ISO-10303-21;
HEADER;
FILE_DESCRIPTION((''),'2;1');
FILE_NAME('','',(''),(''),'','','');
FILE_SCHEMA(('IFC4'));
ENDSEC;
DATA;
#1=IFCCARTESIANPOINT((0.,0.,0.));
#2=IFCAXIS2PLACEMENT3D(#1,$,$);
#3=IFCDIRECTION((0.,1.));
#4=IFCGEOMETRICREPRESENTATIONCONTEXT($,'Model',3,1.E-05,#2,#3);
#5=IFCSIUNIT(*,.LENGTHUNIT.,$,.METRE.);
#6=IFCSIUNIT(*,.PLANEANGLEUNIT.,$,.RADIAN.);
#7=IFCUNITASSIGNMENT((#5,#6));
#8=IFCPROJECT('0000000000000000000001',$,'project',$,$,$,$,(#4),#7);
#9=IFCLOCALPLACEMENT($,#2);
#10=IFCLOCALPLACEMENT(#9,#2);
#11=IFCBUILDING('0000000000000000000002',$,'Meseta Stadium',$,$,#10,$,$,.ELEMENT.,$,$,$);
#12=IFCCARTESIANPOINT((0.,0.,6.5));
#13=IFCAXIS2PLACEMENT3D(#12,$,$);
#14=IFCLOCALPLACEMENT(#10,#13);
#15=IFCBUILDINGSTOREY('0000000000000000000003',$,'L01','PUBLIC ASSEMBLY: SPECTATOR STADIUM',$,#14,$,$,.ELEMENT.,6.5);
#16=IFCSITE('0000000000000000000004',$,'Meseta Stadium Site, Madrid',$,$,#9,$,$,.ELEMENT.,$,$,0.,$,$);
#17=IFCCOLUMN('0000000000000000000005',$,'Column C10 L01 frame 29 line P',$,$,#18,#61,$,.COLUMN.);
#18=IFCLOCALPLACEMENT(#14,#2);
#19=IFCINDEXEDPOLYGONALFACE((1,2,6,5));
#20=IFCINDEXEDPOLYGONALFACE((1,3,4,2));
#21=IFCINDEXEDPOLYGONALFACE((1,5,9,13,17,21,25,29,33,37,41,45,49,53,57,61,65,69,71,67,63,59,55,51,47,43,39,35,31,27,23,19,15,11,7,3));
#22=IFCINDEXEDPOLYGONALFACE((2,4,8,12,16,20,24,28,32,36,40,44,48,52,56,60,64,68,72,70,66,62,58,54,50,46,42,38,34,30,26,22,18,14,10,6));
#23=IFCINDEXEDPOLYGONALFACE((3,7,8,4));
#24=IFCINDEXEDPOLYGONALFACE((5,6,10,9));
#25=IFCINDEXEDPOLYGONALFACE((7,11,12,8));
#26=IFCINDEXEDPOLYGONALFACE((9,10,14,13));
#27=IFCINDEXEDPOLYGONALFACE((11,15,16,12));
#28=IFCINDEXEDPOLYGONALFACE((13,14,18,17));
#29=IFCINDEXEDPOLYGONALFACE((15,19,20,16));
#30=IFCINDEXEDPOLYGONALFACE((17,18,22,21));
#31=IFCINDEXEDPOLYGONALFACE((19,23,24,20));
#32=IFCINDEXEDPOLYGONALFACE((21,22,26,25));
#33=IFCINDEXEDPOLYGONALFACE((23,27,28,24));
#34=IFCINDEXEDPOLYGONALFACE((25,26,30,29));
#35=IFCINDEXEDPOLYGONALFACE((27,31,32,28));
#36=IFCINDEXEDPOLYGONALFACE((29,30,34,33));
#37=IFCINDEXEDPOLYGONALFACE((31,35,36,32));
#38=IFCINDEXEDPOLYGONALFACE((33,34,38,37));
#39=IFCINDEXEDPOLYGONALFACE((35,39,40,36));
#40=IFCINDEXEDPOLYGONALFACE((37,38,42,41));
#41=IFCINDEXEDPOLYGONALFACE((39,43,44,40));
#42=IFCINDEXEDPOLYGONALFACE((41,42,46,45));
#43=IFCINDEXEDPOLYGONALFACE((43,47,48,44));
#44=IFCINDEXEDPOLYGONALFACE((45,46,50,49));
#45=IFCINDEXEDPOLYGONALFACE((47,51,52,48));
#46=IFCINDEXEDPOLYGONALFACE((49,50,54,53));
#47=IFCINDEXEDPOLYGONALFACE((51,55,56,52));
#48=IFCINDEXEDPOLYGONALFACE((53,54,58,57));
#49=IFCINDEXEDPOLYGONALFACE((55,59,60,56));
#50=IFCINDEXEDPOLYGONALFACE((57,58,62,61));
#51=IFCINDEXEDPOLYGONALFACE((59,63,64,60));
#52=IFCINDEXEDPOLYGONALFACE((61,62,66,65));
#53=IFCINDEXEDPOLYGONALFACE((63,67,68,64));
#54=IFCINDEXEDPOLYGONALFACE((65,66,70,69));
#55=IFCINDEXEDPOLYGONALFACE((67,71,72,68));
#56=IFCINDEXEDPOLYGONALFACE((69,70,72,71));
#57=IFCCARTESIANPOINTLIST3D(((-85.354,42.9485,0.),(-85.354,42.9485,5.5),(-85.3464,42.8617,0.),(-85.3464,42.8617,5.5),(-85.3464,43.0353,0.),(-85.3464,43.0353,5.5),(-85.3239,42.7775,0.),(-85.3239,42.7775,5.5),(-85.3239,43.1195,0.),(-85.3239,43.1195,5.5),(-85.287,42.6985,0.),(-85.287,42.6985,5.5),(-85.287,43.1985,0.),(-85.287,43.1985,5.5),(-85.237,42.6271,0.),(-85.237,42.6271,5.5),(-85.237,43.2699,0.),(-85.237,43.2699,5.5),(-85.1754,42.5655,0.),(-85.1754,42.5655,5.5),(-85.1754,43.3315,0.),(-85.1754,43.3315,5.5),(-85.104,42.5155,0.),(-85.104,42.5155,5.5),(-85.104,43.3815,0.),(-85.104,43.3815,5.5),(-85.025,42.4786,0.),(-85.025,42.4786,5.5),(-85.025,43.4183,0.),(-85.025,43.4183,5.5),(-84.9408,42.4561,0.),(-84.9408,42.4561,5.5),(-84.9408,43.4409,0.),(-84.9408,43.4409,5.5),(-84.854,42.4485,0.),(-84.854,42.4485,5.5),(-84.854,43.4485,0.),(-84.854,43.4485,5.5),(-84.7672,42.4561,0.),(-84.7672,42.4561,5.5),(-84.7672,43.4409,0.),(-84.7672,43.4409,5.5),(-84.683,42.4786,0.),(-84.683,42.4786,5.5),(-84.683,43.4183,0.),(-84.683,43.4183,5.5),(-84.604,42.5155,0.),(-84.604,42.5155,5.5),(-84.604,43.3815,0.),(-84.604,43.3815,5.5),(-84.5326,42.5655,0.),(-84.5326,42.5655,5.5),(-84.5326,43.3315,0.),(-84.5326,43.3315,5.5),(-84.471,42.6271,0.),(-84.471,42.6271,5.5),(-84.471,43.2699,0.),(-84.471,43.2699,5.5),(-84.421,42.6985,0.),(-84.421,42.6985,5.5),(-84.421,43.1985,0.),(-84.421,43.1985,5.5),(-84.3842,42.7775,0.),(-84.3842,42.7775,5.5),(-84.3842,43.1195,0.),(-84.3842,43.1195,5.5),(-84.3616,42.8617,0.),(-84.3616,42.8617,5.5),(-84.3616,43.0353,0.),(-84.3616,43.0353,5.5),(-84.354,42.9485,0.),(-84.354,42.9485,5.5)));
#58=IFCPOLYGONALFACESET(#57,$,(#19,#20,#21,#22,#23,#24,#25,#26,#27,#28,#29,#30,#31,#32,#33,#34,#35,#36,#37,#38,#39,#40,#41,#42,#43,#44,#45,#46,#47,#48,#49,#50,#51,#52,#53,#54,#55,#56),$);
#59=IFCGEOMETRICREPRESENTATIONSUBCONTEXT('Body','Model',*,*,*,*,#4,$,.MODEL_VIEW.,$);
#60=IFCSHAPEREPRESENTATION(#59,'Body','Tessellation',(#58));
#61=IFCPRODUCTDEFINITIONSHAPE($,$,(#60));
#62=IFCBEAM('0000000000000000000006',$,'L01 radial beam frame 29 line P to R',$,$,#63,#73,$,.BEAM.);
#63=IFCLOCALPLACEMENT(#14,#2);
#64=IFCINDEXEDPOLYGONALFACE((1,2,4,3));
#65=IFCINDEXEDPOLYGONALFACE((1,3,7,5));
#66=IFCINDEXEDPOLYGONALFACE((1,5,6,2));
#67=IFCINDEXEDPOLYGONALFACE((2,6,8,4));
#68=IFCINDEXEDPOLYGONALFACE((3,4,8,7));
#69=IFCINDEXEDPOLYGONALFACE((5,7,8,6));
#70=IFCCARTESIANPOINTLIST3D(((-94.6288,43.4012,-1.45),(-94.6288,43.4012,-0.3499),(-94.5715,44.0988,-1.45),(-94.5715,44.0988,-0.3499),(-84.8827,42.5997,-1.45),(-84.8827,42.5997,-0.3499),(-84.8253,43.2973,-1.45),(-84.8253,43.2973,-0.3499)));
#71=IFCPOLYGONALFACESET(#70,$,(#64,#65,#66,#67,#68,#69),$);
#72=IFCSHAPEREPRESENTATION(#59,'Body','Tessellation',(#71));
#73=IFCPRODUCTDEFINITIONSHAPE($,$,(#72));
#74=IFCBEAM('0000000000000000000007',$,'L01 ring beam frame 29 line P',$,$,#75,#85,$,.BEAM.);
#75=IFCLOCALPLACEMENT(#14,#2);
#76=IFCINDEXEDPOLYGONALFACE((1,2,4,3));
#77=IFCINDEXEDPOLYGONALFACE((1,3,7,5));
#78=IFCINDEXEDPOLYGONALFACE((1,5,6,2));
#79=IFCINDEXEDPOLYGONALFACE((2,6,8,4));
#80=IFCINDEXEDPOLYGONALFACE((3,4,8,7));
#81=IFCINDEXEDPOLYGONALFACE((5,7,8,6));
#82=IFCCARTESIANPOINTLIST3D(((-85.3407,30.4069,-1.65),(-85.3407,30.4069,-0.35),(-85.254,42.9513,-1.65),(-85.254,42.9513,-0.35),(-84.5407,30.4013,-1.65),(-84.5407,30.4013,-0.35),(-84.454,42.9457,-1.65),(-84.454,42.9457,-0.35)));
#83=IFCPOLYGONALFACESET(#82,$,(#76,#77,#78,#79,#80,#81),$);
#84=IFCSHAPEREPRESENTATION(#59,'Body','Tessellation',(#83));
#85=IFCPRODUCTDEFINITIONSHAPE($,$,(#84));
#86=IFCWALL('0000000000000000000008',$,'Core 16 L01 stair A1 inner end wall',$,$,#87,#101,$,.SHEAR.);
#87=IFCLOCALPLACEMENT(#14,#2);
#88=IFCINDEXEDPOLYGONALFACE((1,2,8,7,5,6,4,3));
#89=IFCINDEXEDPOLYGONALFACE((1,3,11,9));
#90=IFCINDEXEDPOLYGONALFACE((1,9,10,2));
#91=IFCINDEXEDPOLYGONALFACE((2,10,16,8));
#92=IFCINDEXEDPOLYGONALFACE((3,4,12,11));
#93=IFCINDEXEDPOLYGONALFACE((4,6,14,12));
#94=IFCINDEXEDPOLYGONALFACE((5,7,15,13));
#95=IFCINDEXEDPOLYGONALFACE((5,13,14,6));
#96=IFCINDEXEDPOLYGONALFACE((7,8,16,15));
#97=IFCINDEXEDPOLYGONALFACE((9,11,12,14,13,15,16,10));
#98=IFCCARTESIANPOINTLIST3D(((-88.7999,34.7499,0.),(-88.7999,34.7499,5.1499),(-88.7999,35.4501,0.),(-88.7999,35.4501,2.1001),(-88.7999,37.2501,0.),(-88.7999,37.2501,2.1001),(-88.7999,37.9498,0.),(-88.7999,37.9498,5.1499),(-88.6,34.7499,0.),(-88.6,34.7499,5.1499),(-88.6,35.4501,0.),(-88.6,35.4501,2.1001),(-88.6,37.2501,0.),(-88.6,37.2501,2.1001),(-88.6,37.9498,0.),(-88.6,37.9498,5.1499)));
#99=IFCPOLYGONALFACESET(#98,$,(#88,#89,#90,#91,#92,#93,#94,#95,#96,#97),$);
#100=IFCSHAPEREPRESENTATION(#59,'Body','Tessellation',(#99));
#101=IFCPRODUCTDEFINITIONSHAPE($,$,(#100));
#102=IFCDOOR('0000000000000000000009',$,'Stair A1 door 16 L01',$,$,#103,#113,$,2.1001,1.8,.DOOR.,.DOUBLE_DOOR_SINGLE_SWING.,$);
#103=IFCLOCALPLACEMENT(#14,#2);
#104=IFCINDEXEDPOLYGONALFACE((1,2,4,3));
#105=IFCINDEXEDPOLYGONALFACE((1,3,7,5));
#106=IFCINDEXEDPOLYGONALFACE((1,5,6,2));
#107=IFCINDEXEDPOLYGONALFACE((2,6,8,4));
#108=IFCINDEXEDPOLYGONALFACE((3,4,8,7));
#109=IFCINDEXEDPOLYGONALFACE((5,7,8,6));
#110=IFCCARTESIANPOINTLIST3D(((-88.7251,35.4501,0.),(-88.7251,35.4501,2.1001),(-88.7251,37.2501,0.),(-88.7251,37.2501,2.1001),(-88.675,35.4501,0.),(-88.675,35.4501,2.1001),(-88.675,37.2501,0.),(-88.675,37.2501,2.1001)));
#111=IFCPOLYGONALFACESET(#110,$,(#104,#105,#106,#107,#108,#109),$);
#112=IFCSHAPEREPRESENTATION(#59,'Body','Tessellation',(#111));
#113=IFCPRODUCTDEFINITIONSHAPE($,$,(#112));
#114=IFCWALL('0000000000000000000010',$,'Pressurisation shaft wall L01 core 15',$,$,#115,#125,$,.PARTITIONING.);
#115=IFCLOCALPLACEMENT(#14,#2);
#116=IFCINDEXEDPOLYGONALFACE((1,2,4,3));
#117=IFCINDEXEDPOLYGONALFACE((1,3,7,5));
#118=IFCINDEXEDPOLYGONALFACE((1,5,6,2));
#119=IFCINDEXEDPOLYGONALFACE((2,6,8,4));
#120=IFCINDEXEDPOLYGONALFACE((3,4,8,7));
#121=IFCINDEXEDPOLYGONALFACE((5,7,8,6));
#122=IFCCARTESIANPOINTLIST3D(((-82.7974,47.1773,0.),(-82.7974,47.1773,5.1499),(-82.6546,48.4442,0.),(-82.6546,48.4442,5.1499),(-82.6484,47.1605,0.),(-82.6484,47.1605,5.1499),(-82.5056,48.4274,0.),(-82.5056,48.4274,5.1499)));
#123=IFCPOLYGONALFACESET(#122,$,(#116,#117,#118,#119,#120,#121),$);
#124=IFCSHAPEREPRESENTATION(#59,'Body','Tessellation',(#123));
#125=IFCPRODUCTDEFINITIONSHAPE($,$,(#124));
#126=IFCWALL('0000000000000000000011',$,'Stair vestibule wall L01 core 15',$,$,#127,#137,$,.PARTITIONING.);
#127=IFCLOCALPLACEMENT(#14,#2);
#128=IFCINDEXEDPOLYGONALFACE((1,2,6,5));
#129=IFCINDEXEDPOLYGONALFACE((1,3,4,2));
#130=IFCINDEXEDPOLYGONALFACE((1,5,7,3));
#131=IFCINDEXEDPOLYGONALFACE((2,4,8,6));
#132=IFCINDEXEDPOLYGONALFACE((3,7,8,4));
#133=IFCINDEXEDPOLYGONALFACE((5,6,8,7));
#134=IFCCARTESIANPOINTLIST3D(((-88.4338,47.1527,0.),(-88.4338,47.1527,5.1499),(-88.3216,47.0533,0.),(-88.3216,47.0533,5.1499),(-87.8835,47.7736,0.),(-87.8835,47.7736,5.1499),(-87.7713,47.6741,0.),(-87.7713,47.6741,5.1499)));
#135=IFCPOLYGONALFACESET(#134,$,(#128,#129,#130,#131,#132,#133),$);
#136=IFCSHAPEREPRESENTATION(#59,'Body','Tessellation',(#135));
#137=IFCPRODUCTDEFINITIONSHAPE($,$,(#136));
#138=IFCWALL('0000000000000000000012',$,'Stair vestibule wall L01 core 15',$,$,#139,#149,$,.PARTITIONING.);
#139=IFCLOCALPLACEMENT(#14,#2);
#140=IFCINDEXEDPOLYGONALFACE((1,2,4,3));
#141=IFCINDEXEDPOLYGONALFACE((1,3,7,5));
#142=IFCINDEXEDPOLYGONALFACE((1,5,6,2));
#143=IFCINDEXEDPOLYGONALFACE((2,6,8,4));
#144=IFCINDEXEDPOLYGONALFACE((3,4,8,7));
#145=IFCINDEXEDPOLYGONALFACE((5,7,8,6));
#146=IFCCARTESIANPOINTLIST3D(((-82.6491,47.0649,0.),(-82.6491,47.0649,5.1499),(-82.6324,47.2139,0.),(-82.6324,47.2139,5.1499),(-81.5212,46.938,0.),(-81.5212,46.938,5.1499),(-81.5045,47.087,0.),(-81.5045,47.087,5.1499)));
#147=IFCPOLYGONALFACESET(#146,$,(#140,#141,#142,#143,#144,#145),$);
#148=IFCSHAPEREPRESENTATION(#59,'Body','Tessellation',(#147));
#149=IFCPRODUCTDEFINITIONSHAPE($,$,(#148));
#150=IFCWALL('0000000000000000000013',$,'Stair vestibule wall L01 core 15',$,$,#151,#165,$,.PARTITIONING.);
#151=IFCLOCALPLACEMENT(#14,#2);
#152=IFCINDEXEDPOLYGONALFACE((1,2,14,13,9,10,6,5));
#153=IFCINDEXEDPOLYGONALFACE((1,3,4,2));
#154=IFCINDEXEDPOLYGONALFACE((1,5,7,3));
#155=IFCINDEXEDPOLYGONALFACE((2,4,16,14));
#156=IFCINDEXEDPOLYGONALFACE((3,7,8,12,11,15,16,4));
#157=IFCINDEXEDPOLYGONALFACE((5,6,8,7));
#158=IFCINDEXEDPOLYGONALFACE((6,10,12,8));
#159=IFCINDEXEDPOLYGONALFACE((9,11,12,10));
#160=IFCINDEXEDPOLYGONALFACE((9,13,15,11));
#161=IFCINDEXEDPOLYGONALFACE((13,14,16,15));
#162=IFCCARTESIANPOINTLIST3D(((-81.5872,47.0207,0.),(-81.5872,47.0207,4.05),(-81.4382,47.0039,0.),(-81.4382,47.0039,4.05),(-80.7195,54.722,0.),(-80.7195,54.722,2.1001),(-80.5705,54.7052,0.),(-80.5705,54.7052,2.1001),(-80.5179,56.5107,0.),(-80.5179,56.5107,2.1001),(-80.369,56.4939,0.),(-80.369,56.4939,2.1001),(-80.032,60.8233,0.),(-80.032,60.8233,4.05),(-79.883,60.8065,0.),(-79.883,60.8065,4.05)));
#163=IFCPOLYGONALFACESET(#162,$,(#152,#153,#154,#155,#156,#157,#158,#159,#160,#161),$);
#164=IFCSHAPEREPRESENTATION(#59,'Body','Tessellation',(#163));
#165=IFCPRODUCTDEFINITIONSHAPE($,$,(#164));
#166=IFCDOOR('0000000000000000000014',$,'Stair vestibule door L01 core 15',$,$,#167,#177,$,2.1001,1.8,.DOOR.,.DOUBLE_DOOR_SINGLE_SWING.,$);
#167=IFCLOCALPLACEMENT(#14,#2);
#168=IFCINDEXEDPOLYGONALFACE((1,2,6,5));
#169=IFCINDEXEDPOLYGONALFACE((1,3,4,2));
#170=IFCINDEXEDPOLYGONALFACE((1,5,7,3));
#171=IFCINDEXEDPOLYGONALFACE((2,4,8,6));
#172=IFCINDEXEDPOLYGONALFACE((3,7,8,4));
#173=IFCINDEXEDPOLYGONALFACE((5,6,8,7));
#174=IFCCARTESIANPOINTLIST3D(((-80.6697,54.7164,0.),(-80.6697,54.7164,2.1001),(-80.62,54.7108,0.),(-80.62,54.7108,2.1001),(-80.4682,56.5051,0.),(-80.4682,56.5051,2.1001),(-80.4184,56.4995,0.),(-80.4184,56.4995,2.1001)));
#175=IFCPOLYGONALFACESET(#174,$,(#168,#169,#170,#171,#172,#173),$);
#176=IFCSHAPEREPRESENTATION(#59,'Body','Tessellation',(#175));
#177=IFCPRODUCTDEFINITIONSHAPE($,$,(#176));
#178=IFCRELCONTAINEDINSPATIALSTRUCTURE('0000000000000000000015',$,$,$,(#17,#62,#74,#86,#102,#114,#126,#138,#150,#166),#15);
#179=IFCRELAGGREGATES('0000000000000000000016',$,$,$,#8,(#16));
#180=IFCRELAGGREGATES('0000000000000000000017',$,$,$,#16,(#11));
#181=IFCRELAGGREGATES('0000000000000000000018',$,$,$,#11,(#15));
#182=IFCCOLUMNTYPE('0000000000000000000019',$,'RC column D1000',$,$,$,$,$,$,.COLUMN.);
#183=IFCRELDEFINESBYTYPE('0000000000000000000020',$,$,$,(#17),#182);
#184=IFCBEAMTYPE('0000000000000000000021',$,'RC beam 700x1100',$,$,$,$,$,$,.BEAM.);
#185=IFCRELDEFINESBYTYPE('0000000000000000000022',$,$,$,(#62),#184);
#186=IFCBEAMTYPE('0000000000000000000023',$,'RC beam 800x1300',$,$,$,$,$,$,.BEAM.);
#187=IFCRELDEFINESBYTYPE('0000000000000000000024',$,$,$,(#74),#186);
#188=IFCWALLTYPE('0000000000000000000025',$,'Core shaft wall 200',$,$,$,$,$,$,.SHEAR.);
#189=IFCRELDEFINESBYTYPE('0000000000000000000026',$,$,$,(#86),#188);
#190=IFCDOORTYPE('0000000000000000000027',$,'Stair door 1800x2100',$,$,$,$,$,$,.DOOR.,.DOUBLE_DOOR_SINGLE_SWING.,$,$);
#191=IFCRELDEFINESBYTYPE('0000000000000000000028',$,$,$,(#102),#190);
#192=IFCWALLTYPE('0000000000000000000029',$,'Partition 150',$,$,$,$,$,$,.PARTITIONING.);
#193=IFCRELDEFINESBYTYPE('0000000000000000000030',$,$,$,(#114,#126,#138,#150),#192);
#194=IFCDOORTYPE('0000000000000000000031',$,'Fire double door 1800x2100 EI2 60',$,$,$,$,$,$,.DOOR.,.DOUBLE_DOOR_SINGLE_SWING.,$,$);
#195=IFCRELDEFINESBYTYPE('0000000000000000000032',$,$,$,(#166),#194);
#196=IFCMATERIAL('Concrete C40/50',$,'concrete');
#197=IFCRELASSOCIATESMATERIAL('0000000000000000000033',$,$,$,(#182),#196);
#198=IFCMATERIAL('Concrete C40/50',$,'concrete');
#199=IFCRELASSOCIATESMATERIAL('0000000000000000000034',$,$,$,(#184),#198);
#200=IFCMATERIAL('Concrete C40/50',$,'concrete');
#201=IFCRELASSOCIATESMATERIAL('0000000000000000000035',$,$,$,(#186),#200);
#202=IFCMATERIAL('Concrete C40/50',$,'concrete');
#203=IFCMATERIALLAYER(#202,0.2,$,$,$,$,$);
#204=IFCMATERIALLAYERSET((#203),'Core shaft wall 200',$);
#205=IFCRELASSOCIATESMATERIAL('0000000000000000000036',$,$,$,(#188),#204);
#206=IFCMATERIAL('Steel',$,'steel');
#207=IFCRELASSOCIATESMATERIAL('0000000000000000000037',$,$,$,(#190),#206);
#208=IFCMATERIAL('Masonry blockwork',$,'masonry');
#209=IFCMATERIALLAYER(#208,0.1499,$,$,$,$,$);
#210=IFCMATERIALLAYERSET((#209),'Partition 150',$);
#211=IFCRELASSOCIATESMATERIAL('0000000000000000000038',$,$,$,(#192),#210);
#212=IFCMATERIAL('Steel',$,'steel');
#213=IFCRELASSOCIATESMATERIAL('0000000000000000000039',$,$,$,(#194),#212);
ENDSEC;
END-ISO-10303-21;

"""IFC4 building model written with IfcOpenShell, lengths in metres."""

from ifc_helpers import new_model, si_unit, direction, frame, frame_2d, origin, origin_2d, place, context, subcontext, project, spatial, rectangle, circle, extrude, material, layer, layer_set, material_profile, profile_set, type_object, element, fill, save


model = new_model("IFC4")

# Units and contexts
model_context = context("Model", 3, precision=1e-05, world=origin(), true_north=direction((0.0, 1.0)))
body_context = subcontext(model_context, "Body", "Model", "MODEL_VIEW")
ifc_project = project(units=[si_unit("LENGTHUNIT", "METRE"), si_unit("PLANEANGLEUNIT", "RADIAN")], contexts=[model_context])

# Site, building, storey
site_placement = place(None, origin())
site = spatial("IfcSite", under=ifc_project, at=site_placement, Name="Meseta Stadium Site, Madrid", CompositionType="ELEMENT", RefElevation=0.0)
building_placement = place(site_placement, origin())
building = spatial("IfcBuilding", under=site, at=building_placement, Name="Meseta Stadium", CompositionType="ELEMENT")
storey_placement = place(building_placement, frame((0.0, 0.0, 6.5)))
storey = spatial("IfcBuildingStorey", under=building, at=storey_placement, Name="L01", Description="PUBLIC ASSEMBLY: SPECTATOR STADIUM", CompositionType="ELEMENT", Elevation=6.5)

# Column
ifc_material_1 = material(Name="Concrete C40/50", Category="concrete")
ifc_material_profile_1 = material_profile(ifc_material_1, circle(Radius=0.5, at=origin_2d()), Name="RC D1000")
ifc_profile_set_1 = profile_set([ifc_material_profile_1], Name="Concrete C40/50")
column_type = type_object("IfcColumnType", Name="RC column D1000", PredefinedType="COLUMN", material=ifc_profile_set_1)
column_placement = place(storey_placement, frame((-84.854, 42.9485, 0.0), z_axis=(0.0, 0.0, 1.0), x_axis=(1.0, 0.0, 0.0)))
element("IfcColumn", 1, at=column_placement, inside=storey, type_object=column_type, Name="Column C10 L01 frame 29 line P", PredefinedType="COLUMN", context=body_context, shape_type="SweptSolid", body=[
    extrude(circle(Radius=0.5, at=origin_2d()), origin(), (0.0, 0.0, 1.0), 5.5),
])

# Beams
ifc_material_2 = material(Name="Concrete C40/50", Category="concrete")
ifc_material_profile_2 = material_profile(ifc_material_2, rectangle(XDim=0.7, YDim=1.1001, at=origin_2d()), Name="RC 700x1100")
ifc_profile_set_2 = profile_set([ifc_material_profile_2], Name="Concrete C40/50")
beam_type_1 = type_object("IfcBeamType", Name="RC beam 700x1100", PredefinedType="BEAM", material=ifc_profile_set_2)
beam_1_placement = place(storey_placement, frame((-84.854, 42.9485, -0.8999), z_axis=(-0.996635, 0.081963, 0.0), x_axis=(-0.081963, -0.996635, 0.0)))
element("IfcBeam", 2, at=beam_1_placement, inside=storey, type_object=beam_type_1, Name="L01 radial beam frame 29 line P to R", PredefinedType="BEAM", context=body_context, shape_type="SweptSolid", body=[
    extrude(rectangle(XDim=0.7, YDim=1.1001, at=origin_2d()), origin(), (0.0, 0.0, 1.0), 9.7791),
])
ifc_material_3 = material(Name="Concrete C40/50", Category="concrete")
ifc_material_profile_3 = material_profile(ifc_material_3, rectangle(XDim=0.8, YDim=1.3, at=origin_2d()), Name="RC 800x1300")
ifc_profile_set_3 = profile_set([ifc_material_profile_3], Name="Concrete C40/50")
beam_type_2 = type_object("IfcBeamType", Name="RC beam 800x1300", PredefinedType="BEAM", material=ifc_profile_set_3)
beam_2_placement = place(storey_placement, frame((-84.854, 42.9485, -1.0), z_axis=(-0.006909, -0.999976, 0.0), x_axis=(0.999976, -0.006909, 0.0)))
element("IfcBeam", 3, at=beam_2_placement, inside=storey, type_object=beam_type_2, Name="L01 ring beam frame 29 line P", PredefinedType="BEAM", context=body_context, shape_type="SweptSolid", body=[
    extrude(rectangle(XDim=0.8, YDim=1.3, at=origin_2d()), origin(), (0.0, 0.0, 1.0), 12.5447),
])

# Wall, opening, door
ifc_material_4 = material(Name="Concrete C40/50", Category="concrete")
ifc_layer_1 = layer(ifc_material_4, 0.2)
ifc_layer_set_1 = layer_set([ifc_layer_1], Name="Core shaft wall 200")
wall_type_1 = type_object("IfcWallType", Name="Core shaft wall 200", PredefinedType="SHEAR", material=ifc_layer_set_1)
wall_1_placement = place(storey_placement, frame((-88.7, 37.95, 0.0), z_axis=(0.0, 0.0, 1.0), x_axis=(0.0, -1.0, 0.0)))
wall_1 = element("IfcWall", 4, at=wall_1_placement, inside=storey, type_object=wall_type_1, Name="Core 16 L01 stair A1 inner end wall", PredefinedType="SHEAR", context=body_context, shape_type="SweptSolid", body=[
    extrude(rectangle(XDim=3.2, YDim=0.2, at=frame_2d((1.6001, 0.0))), origin(), (0.0, 0.0, 1.0), 5.1499),
])
opening_1_placement = place(wall_1_placement, frame((0.7, 0.0, 0.0)))
opening_1 = element("IfcOpeningElement", 5, at=opening_1_placement, cuts=wall_1, PredefinedType="OPENING", context=body_context, shape_type="SweptSolid", body=[
    extrude(rectangle(XDim=1.8, YDim=2.1001, at=frame_2d((0.8999, 1.05))), frame((0.0, 0.1099, 0.0), z_axis=(0.0, -1.0, 0.0), x_axis=(1.0, 0.0, 0.0)), (0.0, 0.0, 1.0), 0.22),
])
ifc_material_5 = material(Name="Steel", Category="steel")
door_type_1 = type_object("IfcDoorType", Name="Stair door 1800x2100", OperationType="DOUBLE_DOOR_SINGLE_SWING", PredefinedType="DOOR", material=ifc_material_5)
door_1_placement = place(opening_1_placement, origin())
door_1 = element("IfcDoor", 6, at=door_1_placement, inside=storey, type_object=door_type_1, Name="Stair A1 door 16 L01", OperationType="DOUBLE_DOOR_SINGLE_SWING", OverallHeight=2.1001, OverallWidth=1.8, PredefinedType="DOOR", context=body_context, shape_type="SweptSolid", body=[
    extrude(rectangle(XDim=1.8, YDim=2.1001, at=frame_2d((0.8999, 1.05))), frame((0.0, 0.0249, 0.0), z_axis=(0.0, -1.0, 0.0), x_axis=(1.0, 0.0, 0.0)), (0.0, 0.0, 1.0), 0.05),
])
fill(opening_1, door_1)

# Walls
ifc_material_6 = material(Name="Masonry blockwork", Category="masonry")
ifc_layer_2 = layer(ifc_material_6, 0.1499)
ifc_layer_set_2 = layer_set([ifc_layer_2], Name="Partition 150")
wall_type_2 = type_object("IfcWallType", Name="Partition 150", PredefinedType="PARTITIONING", material=ifc_layer_set_2)
wall_2_placement = place(storey_placement, frame((-82.7229, 47.1689, 0.0), z_axis=(0.0, 0.0, 1.0), x_axis=(0.112029, 0.993705, 0.0)))
element("IfcWall", 7, at=wall_2_placement, inside=storey, type_object=wall_type_2, Name="Pressurisation shaft wall L01 core 15", PredefinedType="PARTITIONING", context=body_context, shape_type="SweptSolid", body=[
    extrude(rectangle(XDim=1.2749, YDim=0.1499, at=frame_2d((0.6375, 0.0))), origin(), (0.0, 0.0, 1.0), 5.1499),
])
wall_3_placement = place(storey_placement, frame((-88.3777, 47.103, 0.0), z_axis=(0.0, 0.0, 1.0), x_axis=(0.663304, 0.74835, 0.0)))
element("IfcWall", 8, at=wall_3_placement, inside=storey, type_object=wall_type_2, Name="Stair vestibule wall L01 core 15", PredefinedType="PARTITIONING", context=body_context, shape_type="SweptSolid", body=[
    extrude(rectangle(XDim=0.8296, YDim=0.1499, at=frame_2d((0.4148, 0.0))), origin(), (0.0, 0.0, 1.0), 5.1499),
])
wall_4_placement = place(storey_placement, frame((-82.6406, 47.1394, 0.0), z_axis=(0.0, 0.0, 1.0), x_axis=(0.993725, -0.111848, 0.0)))
element("IfcWall", 9, at=wall_4_placement, inside=storey, type_object=wall_type_2, Name="Stair vestibule wall L01 core 15", PredefinedType="PARTITIONING", context=body_context, shape_type="SweptSolid", body=[
    extrude(rectangle(XDim=1.135, YDim=0.1499, at=frame_2d((0.5674, 0.0))), origin(), (0.0, 0.0, 1.0), 5.1499),
])

# Wall, opening, door
wall_5_placement = place(storey_placement, frame((-81.5127, 47.0125, 0.0), z_axis=(0.0, 0.0, 1.0), x_axis=(0.111965, 0.993712, 0.0)))
wall_5 = element("IfcWall", 10, at=wall_5_placement, inside=storey, type_object=wall_type_2, Name="Stair vestibule wall L01 core 15", PredefinedType="PARTITIONING", context=body_context, shape_type="SweptSolid", body=[
    extrude(rectangle(XDim=13.8899, YDim=0.1499, at=frame_2d((6.9448, 0.0))), origin(), (0.0, 0.0, 1.0), 4.05),
])
opening_2_placement = place(wall_5_placement, frame((7.75, 0.0, 0.0)))
opening_2 = element("IfcOpeningElement", 11, at=opening_2_placement, cuts=wall_5, PredefinedType="OPENING", context=body_context, shape_type="SweptSolid", body=[
    extrude(rectangle(XDim=1.8, YDim=2.1001, at=frame_2d((0.8999, 1.05))), frame((0.0, 0.085, 0.0), z_axis=(0.0, -1.0, 0.0), x_axis=(1.0, 0.0, 0.0)), (0.0, 0.0, 1.0), 0.1699),
])
ifc_material_7 = material(Name="Steel", Category="steel")
door_type_2 = type_object("IfcDoorType", Name="Fire double door 1800x2100 EI2 60", OperationType="DOUBLE_DOOR_SINGLE_SWING", PredefinedType="DOOR", material=ifc_material_7)
door_2_placement = place(opening_2_placement, origin())
door_2 = element("IfcDoor", 12, at=door_2_placement, inside=storey, type_object=door_type_2, Name="Stair vestibule door L01 core 15", OperationType="DOUBLE_DOOR_SINGLE_SWING", OverallHeight=2.1001, OverallWidth=1.8, PredefinedType="DOOR", context=body_context, shape_type="SweptSolid", body=[
    extrude(rectangle(XDim=1.8, YDim=2.1001, at=frame_2d((0.8999, 1.05))), frame((0.0, 0.0249, 0.0), z_axis=(0.0, -1.0, 0.0), x_axis=(1.0, 0.0, 0.0)), (0.0, 0.0, 1.0), 0.05),
])
fill(opening_2, door_2)

save(model, "model.ifc")
